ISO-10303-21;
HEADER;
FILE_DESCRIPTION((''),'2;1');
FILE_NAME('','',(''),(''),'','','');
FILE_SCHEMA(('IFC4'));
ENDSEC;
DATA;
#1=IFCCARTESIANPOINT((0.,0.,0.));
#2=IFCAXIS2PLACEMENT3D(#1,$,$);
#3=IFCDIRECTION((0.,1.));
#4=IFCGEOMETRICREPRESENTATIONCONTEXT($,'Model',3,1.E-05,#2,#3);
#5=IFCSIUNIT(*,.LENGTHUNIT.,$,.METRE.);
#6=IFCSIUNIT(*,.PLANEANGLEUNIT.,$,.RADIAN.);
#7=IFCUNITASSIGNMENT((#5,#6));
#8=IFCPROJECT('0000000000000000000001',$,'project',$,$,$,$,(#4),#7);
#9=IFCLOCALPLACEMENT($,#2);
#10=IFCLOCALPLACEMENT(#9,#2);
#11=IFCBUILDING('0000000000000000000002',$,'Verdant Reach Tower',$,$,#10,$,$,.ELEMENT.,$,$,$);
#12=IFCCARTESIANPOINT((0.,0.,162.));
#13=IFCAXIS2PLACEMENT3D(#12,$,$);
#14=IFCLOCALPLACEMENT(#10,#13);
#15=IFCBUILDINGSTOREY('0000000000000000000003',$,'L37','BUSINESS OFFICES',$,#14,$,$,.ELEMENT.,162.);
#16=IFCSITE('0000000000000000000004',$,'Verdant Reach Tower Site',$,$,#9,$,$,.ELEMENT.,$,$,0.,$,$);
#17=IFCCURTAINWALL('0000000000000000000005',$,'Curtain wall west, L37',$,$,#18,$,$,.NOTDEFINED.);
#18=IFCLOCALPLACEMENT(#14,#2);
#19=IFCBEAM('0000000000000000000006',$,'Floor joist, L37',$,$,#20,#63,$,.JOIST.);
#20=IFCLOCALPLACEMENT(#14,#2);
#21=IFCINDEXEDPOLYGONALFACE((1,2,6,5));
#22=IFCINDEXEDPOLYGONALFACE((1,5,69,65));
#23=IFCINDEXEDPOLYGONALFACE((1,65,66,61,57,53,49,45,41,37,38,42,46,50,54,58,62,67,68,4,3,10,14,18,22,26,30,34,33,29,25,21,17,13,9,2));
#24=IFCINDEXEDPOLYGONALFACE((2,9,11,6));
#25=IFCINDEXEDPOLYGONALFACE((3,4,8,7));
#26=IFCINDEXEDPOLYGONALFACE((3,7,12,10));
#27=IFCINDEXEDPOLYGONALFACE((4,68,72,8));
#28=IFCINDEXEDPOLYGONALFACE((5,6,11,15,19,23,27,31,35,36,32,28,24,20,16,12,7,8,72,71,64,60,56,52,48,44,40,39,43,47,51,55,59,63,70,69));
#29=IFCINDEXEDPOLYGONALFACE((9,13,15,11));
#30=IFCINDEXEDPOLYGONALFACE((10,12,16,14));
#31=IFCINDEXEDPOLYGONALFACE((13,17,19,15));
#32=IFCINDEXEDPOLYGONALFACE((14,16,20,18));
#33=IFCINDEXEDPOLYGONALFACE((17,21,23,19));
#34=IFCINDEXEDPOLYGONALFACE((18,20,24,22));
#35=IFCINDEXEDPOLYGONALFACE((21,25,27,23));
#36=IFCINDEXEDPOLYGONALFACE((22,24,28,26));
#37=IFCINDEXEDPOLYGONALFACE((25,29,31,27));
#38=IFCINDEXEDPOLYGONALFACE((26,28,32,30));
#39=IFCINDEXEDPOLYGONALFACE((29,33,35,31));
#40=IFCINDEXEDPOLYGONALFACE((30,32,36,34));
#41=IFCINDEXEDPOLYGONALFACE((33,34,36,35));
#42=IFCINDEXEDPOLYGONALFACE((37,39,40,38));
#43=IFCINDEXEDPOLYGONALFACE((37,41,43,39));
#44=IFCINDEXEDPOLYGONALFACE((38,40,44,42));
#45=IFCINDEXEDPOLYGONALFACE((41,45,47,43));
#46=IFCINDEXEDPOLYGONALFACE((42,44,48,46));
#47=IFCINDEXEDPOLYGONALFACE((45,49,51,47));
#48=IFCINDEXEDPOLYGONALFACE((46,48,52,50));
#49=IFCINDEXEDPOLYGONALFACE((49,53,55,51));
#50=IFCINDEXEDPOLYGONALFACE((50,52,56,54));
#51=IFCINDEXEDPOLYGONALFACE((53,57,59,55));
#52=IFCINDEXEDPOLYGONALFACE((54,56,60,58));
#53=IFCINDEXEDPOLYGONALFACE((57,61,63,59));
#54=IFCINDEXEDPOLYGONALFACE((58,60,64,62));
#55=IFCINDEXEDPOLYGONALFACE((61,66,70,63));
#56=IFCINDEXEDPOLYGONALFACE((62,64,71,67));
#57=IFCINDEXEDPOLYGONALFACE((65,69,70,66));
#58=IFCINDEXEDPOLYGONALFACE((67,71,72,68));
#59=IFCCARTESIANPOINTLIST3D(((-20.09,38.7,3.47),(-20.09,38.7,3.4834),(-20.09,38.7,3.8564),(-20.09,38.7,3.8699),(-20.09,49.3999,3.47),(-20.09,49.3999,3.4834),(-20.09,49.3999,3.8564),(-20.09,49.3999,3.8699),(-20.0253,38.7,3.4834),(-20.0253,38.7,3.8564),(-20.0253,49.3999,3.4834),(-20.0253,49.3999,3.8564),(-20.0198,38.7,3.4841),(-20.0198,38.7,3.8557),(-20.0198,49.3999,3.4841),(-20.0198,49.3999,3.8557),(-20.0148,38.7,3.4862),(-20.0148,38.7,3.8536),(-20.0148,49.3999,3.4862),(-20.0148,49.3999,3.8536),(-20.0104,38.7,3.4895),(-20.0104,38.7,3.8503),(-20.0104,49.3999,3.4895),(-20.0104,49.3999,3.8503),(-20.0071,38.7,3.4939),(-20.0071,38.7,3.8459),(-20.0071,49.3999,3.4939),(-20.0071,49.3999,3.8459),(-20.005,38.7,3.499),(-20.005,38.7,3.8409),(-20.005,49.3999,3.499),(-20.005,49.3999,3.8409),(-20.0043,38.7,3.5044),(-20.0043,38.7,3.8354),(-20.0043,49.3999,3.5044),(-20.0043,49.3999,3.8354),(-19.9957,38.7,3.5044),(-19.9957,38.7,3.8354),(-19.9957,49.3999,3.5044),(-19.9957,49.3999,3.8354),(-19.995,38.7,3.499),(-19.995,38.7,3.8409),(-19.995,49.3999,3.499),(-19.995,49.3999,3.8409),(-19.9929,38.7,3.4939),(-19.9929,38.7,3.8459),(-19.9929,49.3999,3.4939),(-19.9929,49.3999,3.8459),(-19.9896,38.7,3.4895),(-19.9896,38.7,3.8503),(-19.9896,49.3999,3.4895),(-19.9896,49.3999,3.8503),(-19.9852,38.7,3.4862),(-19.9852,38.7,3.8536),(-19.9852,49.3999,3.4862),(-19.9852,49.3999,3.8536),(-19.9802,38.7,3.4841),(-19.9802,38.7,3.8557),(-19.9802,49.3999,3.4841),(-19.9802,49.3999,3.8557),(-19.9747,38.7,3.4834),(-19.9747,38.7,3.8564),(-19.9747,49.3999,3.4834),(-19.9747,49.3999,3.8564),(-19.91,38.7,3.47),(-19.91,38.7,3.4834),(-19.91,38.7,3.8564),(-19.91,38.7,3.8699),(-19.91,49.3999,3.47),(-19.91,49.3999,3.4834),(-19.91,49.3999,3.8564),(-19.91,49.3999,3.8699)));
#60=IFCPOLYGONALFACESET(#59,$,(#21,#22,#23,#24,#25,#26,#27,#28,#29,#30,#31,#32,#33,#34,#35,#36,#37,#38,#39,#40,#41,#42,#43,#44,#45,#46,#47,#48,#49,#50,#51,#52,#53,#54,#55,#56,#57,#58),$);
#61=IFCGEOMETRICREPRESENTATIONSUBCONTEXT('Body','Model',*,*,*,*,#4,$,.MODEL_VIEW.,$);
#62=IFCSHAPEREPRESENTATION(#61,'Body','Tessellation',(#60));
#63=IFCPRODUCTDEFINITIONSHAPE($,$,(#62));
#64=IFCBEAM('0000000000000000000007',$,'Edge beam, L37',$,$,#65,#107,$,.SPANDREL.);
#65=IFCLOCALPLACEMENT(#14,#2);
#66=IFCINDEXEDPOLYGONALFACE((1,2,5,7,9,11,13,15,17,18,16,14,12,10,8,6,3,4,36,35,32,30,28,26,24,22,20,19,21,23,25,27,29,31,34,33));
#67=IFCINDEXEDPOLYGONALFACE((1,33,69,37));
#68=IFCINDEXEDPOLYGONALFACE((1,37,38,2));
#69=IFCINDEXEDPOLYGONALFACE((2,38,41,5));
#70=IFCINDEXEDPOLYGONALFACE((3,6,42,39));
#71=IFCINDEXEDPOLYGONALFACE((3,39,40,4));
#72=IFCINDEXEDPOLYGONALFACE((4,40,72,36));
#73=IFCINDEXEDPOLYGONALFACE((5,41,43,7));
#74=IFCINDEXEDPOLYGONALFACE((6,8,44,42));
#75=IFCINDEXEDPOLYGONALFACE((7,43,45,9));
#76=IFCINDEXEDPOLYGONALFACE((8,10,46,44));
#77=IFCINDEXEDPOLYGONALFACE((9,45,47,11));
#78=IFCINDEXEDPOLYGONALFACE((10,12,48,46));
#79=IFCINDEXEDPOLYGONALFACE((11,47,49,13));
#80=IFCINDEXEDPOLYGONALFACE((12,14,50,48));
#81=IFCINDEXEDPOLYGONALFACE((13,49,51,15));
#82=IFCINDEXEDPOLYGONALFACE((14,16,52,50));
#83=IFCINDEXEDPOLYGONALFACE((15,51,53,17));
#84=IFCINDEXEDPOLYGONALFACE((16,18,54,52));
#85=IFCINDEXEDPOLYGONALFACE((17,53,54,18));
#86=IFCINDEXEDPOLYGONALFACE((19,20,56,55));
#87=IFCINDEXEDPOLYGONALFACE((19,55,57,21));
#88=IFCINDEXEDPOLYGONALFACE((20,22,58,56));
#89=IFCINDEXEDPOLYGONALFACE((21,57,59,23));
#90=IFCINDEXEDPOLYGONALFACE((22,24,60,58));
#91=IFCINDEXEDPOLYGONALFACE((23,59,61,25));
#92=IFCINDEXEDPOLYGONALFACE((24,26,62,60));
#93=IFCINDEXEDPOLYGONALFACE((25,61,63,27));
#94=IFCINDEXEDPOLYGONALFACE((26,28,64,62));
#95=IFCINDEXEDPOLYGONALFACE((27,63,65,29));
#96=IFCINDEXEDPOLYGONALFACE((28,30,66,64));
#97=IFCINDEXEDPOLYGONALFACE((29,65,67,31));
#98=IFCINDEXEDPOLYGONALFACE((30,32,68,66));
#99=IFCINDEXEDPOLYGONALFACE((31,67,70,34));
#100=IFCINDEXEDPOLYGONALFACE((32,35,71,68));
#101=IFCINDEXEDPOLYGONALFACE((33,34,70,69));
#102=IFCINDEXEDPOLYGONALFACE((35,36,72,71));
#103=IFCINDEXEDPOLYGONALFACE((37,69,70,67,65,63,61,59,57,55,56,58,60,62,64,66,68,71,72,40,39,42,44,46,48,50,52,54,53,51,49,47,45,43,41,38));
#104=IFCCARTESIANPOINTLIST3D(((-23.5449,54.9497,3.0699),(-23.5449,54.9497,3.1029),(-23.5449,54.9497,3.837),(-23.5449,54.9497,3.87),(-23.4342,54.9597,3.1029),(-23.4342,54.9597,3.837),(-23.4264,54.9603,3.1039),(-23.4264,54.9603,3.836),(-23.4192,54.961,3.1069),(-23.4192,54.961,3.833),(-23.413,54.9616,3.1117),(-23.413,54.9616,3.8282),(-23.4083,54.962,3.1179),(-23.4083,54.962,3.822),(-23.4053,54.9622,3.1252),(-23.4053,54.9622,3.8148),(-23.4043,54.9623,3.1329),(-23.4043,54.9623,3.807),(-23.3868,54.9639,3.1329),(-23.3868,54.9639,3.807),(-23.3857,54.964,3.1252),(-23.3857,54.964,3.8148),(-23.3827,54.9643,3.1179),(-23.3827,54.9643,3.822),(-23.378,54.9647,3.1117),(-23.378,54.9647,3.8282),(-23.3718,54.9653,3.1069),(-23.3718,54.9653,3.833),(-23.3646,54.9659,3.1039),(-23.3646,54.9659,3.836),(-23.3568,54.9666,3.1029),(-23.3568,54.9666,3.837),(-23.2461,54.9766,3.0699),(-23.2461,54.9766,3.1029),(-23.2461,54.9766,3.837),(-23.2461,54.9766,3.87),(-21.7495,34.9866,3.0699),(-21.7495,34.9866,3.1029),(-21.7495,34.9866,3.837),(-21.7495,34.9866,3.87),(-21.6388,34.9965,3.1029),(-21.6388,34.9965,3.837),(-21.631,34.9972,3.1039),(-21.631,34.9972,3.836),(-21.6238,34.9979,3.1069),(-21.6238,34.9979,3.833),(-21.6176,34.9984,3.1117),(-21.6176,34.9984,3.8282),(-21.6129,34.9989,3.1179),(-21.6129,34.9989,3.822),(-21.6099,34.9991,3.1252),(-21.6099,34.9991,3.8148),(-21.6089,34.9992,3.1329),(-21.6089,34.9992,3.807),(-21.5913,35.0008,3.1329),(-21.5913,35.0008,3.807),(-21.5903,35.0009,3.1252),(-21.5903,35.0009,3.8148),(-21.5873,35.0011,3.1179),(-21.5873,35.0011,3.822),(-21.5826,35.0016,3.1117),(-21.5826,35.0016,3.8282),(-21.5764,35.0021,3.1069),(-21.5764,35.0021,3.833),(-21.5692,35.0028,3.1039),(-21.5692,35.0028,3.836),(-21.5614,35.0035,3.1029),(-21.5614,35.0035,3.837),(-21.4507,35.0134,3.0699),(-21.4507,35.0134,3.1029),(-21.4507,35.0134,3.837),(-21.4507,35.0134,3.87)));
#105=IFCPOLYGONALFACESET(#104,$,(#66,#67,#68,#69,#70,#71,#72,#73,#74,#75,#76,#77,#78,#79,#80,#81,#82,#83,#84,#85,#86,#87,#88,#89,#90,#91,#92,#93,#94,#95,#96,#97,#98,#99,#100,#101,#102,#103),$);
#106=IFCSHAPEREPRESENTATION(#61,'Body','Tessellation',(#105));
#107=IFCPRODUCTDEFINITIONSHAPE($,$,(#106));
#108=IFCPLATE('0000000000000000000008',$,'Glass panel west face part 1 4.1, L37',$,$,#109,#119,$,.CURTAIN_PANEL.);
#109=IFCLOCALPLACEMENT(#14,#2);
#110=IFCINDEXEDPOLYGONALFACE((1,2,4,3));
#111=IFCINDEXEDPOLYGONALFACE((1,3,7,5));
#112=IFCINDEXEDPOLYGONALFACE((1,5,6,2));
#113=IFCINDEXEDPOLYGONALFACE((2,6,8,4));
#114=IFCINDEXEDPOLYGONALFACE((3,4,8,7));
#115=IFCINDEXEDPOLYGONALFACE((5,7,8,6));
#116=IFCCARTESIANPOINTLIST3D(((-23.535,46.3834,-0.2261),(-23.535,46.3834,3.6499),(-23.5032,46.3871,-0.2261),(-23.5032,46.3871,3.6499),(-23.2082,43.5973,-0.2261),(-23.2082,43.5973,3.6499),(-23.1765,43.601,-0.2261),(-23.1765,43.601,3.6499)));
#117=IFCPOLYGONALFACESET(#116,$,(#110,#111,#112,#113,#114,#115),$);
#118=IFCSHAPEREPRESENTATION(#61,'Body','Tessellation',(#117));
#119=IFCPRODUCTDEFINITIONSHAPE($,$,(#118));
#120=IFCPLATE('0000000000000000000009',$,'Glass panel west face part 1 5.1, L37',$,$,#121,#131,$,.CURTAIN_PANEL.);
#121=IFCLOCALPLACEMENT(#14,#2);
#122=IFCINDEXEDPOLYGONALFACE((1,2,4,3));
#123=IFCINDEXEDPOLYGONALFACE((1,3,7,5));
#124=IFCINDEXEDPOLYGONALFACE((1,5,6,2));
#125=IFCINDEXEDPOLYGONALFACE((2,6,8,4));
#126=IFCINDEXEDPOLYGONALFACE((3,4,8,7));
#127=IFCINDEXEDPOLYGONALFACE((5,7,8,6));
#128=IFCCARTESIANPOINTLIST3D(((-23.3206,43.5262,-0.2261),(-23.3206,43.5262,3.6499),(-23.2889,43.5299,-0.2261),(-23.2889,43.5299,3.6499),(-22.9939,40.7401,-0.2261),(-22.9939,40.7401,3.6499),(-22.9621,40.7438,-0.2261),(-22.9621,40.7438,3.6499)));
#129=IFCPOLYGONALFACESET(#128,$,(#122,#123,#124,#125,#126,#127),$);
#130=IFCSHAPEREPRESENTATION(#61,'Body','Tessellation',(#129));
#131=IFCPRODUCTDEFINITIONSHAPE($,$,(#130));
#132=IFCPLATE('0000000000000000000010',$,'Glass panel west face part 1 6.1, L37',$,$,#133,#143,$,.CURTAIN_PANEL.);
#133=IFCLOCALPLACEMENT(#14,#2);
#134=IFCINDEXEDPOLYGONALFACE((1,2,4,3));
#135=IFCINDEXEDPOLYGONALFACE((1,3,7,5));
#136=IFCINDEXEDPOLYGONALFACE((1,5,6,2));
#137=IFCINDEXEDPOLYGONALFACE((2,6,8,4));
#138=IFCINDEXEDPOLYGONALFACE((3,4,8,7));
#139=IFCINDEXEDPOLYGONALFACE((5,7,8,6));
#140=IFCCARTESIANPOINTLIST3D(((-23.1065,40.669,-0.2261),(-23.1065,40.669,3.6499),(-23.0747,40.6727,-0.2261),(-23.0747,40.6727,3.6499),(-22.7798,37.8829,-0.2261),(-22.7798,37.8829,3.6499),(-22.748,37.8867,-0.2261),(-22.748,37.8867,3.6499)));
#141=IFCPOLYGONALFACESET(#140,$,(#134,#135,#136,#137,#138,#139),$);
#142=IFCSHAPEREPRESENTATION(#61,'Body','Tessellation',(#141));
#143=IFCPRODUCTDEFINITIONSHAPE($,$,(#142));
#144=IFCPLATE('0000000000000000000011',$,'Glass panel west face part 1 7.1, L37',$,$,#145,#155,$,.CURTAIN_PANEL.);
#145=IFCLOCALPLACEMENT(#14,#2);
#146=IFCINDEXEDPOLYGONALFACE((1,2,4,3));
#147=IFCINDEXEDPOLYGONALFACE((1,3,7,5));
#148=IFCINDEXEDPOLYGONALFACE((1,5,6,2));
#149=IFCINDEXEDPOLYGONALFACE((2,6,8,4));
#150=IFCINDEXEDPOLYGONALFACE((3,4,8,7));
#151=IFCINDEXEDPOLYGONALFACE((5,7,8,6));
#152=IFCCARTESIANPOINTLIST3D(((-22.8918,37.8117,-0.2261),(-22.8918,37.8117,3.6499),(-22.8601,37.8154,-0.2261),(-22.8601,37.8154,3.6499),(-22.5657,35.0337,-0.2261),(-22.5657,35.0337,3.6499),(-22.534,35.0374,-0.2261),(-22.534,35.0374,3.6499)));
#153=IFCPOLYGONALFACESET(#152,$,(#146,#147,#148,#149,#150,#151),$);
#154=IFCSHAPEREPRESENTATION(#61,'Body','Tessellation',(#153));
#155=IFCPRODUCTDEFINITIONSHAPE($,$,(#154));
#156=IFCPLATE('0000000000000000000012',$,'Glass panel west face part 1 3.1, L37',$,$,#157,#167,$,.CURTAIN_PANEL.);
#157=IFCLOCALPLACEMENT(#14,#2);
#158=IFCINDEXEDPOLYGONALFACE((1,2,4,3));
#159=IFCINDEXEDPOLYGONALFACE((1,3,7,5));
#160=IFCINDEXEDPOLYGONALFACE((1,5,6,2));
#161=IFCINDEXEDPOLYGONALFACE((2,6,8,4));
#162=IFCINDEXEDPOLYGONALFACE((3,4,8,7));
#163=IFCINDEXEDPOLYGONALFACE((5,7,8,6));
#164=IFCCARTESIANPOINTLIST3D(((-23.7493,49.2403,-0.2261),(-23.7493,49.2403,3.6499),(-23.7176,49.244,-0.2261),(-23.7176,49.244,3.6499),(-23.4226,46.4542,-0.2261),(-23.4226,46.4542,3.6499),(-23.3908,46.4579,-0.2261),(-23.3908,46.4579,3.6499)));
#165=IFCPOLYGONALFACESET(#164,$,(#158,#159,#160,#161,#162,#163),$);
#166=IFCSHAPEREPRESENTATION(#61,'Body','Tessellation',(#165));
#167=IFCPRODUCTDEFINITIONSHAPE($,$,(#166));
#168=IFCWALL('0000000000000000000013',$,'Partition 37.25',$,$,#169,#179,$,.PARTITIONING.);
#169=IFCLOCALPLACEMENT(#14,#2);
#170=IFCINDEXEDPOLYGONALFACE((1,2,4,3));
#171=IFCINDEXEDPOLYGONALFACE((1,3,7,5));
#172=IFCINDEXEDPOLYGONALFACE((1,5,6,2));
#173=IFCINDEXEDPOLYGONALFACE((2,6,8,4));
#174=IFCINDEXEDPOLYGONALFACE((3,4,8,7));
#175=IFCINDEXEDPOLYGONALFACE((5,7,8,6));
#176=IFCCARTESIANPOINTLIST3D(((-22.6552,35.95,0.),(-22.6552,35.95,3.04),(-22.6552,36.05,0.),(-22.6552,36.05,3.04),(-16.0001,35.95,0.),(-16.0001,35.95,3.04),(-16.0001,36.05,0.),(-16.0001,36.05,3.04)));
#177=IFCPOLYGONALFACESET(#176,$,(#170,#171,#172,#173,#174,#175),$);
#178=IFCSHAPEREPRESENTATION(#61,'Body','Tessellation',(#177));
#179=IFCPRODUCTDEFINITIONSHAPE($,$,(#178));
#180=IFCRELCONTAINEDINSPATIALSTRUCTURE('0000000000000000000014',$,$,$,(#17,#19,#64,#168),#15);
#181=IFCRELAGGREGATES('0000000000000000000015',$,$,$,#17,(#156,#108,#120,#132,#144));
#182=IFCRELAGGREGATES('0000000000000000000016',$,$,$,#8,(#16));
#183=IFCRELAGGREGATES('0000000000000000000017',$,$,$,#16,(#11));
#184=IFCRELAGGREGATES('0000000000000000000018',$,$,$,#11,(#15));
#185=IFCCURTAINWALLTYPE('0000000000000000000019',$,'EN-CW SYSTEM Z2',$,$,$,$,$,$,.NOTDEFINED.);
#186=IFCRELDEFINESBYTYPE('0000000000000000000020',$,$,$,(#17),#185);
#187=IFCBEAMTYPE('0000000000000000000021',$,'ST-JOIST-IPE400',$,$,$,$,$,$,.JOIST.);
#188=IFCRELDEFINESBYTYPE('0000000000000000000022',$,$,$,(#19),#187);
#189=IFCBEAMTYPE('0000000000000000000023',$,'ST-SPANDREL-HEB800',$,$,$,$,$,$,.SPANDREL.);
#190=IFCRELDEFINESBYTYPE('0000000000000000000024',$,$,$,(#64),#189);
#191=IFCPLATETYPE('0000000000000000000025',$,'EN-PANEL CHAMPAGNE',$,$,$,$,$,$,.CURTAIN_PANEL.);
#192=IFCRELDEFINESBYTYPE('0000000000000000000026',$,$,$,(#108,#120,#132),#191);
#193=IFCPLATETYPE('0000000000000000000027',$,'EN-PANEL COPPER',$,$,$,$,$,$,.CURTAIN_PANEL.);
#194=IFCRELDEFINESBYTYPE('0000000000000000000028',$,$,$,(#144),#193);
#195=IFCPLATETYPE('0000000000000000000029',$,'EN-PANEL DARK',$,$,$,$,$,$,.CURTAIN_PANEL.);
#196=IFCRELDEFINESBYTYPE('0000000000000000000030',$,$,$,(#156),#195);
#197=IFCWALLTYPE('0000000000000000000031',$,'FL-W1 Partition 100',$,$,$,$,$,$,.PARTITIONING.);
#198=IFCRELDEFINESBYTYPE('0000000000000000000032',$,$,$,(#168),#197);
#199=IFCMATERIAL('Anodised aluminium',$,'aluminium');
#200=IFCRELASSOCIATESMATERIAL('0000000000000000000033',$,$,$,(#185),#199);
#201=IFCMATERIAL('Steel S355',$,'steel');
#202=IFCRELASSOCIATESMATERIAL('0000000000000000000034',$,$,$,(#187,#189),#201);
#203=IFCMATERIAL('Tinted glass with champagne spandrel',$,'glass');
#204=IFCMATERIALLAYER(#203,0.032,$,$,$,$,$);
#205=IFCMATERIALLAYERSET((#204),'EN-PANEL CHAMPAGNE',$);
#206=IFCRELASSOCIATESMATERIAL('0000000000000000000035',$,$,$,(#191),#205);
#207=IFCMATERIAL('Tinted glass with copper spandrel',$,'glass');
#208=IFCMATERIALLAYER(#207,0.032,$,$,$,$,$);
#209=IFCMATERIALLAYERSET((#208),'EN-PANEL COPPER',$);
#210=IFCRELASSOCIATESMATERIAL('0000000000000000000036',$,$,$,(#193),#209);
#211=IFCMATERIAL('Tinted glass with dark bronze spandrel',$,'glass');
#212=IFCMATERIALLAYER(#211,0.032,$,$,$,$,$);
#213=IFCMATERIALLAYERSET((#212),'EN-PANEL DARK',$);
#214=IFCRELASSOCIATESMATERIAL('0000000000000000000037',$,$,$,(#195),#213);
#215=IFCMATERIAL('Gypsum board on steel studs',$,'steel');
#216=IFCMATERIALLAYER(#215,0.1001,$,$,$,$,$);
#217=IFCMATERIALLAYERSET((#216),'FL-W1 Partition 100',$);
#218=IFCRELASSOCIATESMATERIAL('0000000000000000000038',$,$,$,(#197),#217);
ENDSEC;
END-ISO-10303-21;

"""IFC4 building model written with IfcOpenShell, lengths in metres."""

from ifc_helpers import new_model, si_unit, direction, frame, frame_2d, origin, origin_2d, place, context, subcontext, project, spatial, rectangle, i_section, extrude, material, layer, layer_set, material_profile, profile_set, type_object, element, aggregate, save


model = new_model("IFC4")

# Units and contexts
model_context = context("Model", 3, precision=1e-05, world=origin(), true_north=direction((0.0, 1.0)))
body_context = subcontext(model_context, "Body", "Model", "MODEL_VIEW")
ifc_project = project(units=[si_unit("LENGTHUNIT", "METRE"), si_unit("PLANEANGLEUNIT", "RADIAN")], contexts=[model_context])

# Site, building, storey
site_placement = place(None, origin())
site = spatial("IfcSite", under=ifc_project, at=site_placement, Name="Verdant Reach Tower Site", CompositionType="ELEMENT", RefElevation=0.0)
building_placement = place(site_placement, origin())
building = spatial("IfcBuilding", under=site, at=building_placement, Name="Verdant Reach Tower", CompositionType="ELEMENT")
storey_placement = place(building_placement, frame((0.0, 0.0, 162.0)))
storey = spatial("IfcBuildingStorey", under=building, at=storey_placement, Name="L37", Description="BUSINESS OFFICES", CompositionType="ELEMENT", Elevation=162.0)

# Curtain wall
ifc_material_1 = material(Name="Anodised aluminium", Category="aluminium")
curtain_wall_type = type_object("IfcCurtainWallType", Name="EN-CW SYSTEM Z2", PredefinedType="NOTDEFINED", material=ifc_material_1)
curtain_wall_placement = place(storey_placement, origin())
curtain_wall = element("IfcCurtainWall", 1, at=curtain_wall_placement, inside=storey, type_object=curtain_wall_type, Name="Curtain wall west, L37", PredefinedType="NOTDEFINED")

# Beams
ifc_material_2 = material(Name="Steel S355", Category="steel")
ifc_material_profile_1 = material_profile(ifc_material_2, i_section(OverallWidth=0.1799, OverallDepth=0.3999, WebThickness=0.0085, FlangeThickness=0.0134, FilletRadius=0.021, at=origin_2d()), Name="IPE 400")
ifc_profile_set_1 = profile_set([ifc_material_profile_1], Name="Steel S355")
beam_type_1 = type_object("IfcBeamType", Name="ST-JOIST-IPE400", PredefinedType="JOIST", material=ifc_profile_set_1)
beam_1_placement = place(storey_placement, frame((-20.0, 38.7, 3.6699), z_axis=(0.0, 1.0, 0.0), x_axis=(-1.0, 0.0, 0.0)))
element("IfcBeam", 2, at=beam_1_placement, inside=storey, type_object=beam_type_1, Name="Floor joist, L37", PredefinedType="JOIST", context=body_context, shape_type="SweptSolid", body=[
    extrude(i_section(OverallWidth=0.1799, OverallDepth=0.3999, WebThickness=0.0085, FlangeThickness=0.0134, FilletRadius=0.021, at=origin_2d()), origin(), (0.0, 0.0, 1.0), 10.7),
])
ifc_material_profile_2 = material_profile(ifc_material_2, i_section(OverallWidth=0.3, OverallDepth=0.8, WebThickness=0.0176, FlangeThickness=0.033, FilletRadius=0.03, at=origin_2d()), Name="HEB 800")
ifc_profile_set_2 = profile_set([ifc_material_profile_2], Name="Steel S355")
beam_type_2 = type_object("IfcBeamType", Name="ST-SPANDREL-HEB800", PredefinedType="SPANDREL", material=ifc_profile_set_2)
beam_2_placement = place(storey_placement, frame((-21.6001, 35.0, 3.47), z_axis=(-0.089575, 0.99598, 0.0), x_axis=(-0.99598, -0.089575, 0.0)))
element("IfcBeam", 3, at=beam_2_placement, inside=storey, type_object=beam_type_2, Name="Edge beam, L37", PredefinedType="SPANDREL", context=body_context, shape_type="SweptSolid", body=[
    extrude(i_section(OverallWidth=0.3, OverallDepth=0.8, WebThickness=0.0176, FlangeThickness=0.033, FilletRadius=0.03, at=origin_2d()), origin(), (0.0, 0.0, 1.0), 20.0437),
])

# Plates
ifc_material_3 = material(Name="Tinted glass with champagne spandrel", Category="glass")
ifc_layer_1 = layer(ifc_material_3, 0.032)
ifc_layer_set_1 = layer_set([ifc_layer_1], Name="EN-PANEL CHAMPAGNE")
plate_type_1 = type_object("IfcPlateType", Name="EN-PANEL CHAMPAGNE", PredefinedType="CURTAIN_PANEL", material=ifc_layer_set_1)
plate_1_placement = place(storey_placement, frame((-23.3557, 44.9922, -0.2261), z_axis=(0.0, 0.0, 1.0), x_axis=(0.116483, -0.993193, 0.0)))
plate_1 = element("IfcPlate", 4, at=plate_1_placement, type_object=plate_type_1, Name="Glass panel west face part 1 4.1, L37", PredefinedType="CURTAIN_PANEL", context=body_context, shape_type="SweptSolid", body=[
    extrude(rectangle(XDim=2.8052, YDim=0.032, at=origin_2d()), origin(), (0.0, 0.0, 1.0), 3.876),
])
plate_2_placement = place(storey_placement, frame((-23.1414, 42.135, -0.2261), z_axis=(0.0, 0.0, 1.0), x_axis=(0.116483, -0.993193, 0.0)))
plate_2 = element("IfcPlate", 5, at=plate_2_placement, type_object=plate_type_1, Name="Glass panel west face part 1 5.1, L37", PredefinedType="CURTAIN_PANEL", context=body_context, shape_type="SweptSolid", body=[
    extrude(rectangle(XDim=2.8052, YDim=0.032, at=origin_2d()), origin(), (0.0, 0.0, 1.0), 3.876),
])
plate_3_placement = place(storey_placement, frame((-22.9272, 39.2778, -0.2261), z_axis=(0.0, 0.0, 1.0), x_axis=(0.116483, -0.993193, 0.0)))
plate_3 = element("IfcPlate", 6, at=plate_3_placement, type_object=plate_type_1, Name="Glass panel west face part 1 6.1, L37", PredefinedType="CURTAIN_PANEL", context=body_context, shape_type="SweptSolid", body=[
    extrude(rectangle(XDim=2.8052, YDim=0.032, at=origin_2d()), origin(), (0.0, 0.0, 1.0), 3.876),
])
ifc_material_4 = material(Name="Tinted glass with copper spandrel", Category="glass")
ifc_layer_2 = layer(ifc_material_4, 0.032)
ifc_layer_set_2 = layer_set([ifc_layer_2], Name="EN-PANEL COPPER")
plate_type_2 = type_object("IfcPlateType", Name="EN-PANEL COPPER", PredefinedType="CURTAIN_PANEL", material=ifc_layer_set_2)
plate_4_placement = place(storey_placement, frame((-22.7129, 36.4246, -0.2261), z_axis=(0.0, 0.0, 1.0), x_axis=(0.116586, -0.993181, 0.0)))
plate_4 = element("IfcPlate", 7, at=plate_4_placement, type_object=plate_type_2, Name="Glass panel west face part 1 7.1, L37", PredefinedType="CURTAIN_PANEL", context=body_context, shape_type="SweptSolid", body=[
    extrude(rectangle(XDim=2.7971, YDim=0.032, at=origin_2d()), origin(), (0.0, 0.0, 1.0), 3.876),
])
ifc_material_5 = material(Name="Tinted glass with dark bronze spandrel", Category="glass")
ifc_layer_3 = layer(ifc_material_5, 0.032)
ifc_layer_set_3 = layer_set([ifc_layer_3], Name="EN-PANEL DARK")
plate_type_3 = type_object("IfcPlateType", Name="EN-PANEL DARK", PredefinedType="CURTAIN_PANEL", material=ifc_layer_set_3)
plate_5_placement = place(storey_placement, frame((-23.5701, 47.8491, -0.2261), z_axis=(0.0, 0.0, 1.0), x_axis=(0.116483, -0.993193, 0.0)))
plate_5 = element("IfcPlate", 8, at=plate_5_placement, type_object=plate_type_3, Name="Glass panel west face part 1 3.1, L37", PredefinedType="CURTAIN_PANEL", context=body_context, shape_type="SweptSolid", body=[
    extrude(rectangle(XDim=2.8052, YDim=0.032, at=origin_2d()), origin(), (0.0, 0.0, 1.0), 3.876),
])
aggregate(curtain_wall, [plate_5, plate_1, plate_2, plate_3, plate_4])

# Wall
ifc_material_6 = material(Name="Gypsum board on steel studs", Category="steel")
ifc_layer_4 = layer(ifc_material_6, 0.1001)
ifc_layer_set_4 = layer_set([ifc_layer_4], Name="FL-W1 Partition 100")
wall_type_1 = type_object("IfcWallType", Name="FL-W1 Partition 100", PredefinedType="PARTITIONING", material=ifc_layer_set_4)
wall_1_placement = place(storey_placement, frame((-16.0, 36.0, 0.0), z_axis=(0.0, 0.0, 1.0), x_axis=(-1.0, 0.0, 0.0)))
element("IfcWall", 9, at=wall_1_placement, inside=storey, type_object=wall_type_1, Name="Partition 37.25", PredefinedType="PARTITIONING", context=body_context, shape_type="SweptSolid", body=[
    extrude(rectangle(XDim=6.655, YDim=0.1001, at=frame_2d((3.3276, 0.0))), origin(), (0.0, 0.0, 1.0), 3.04),
])

save(model, "model.ifc")
